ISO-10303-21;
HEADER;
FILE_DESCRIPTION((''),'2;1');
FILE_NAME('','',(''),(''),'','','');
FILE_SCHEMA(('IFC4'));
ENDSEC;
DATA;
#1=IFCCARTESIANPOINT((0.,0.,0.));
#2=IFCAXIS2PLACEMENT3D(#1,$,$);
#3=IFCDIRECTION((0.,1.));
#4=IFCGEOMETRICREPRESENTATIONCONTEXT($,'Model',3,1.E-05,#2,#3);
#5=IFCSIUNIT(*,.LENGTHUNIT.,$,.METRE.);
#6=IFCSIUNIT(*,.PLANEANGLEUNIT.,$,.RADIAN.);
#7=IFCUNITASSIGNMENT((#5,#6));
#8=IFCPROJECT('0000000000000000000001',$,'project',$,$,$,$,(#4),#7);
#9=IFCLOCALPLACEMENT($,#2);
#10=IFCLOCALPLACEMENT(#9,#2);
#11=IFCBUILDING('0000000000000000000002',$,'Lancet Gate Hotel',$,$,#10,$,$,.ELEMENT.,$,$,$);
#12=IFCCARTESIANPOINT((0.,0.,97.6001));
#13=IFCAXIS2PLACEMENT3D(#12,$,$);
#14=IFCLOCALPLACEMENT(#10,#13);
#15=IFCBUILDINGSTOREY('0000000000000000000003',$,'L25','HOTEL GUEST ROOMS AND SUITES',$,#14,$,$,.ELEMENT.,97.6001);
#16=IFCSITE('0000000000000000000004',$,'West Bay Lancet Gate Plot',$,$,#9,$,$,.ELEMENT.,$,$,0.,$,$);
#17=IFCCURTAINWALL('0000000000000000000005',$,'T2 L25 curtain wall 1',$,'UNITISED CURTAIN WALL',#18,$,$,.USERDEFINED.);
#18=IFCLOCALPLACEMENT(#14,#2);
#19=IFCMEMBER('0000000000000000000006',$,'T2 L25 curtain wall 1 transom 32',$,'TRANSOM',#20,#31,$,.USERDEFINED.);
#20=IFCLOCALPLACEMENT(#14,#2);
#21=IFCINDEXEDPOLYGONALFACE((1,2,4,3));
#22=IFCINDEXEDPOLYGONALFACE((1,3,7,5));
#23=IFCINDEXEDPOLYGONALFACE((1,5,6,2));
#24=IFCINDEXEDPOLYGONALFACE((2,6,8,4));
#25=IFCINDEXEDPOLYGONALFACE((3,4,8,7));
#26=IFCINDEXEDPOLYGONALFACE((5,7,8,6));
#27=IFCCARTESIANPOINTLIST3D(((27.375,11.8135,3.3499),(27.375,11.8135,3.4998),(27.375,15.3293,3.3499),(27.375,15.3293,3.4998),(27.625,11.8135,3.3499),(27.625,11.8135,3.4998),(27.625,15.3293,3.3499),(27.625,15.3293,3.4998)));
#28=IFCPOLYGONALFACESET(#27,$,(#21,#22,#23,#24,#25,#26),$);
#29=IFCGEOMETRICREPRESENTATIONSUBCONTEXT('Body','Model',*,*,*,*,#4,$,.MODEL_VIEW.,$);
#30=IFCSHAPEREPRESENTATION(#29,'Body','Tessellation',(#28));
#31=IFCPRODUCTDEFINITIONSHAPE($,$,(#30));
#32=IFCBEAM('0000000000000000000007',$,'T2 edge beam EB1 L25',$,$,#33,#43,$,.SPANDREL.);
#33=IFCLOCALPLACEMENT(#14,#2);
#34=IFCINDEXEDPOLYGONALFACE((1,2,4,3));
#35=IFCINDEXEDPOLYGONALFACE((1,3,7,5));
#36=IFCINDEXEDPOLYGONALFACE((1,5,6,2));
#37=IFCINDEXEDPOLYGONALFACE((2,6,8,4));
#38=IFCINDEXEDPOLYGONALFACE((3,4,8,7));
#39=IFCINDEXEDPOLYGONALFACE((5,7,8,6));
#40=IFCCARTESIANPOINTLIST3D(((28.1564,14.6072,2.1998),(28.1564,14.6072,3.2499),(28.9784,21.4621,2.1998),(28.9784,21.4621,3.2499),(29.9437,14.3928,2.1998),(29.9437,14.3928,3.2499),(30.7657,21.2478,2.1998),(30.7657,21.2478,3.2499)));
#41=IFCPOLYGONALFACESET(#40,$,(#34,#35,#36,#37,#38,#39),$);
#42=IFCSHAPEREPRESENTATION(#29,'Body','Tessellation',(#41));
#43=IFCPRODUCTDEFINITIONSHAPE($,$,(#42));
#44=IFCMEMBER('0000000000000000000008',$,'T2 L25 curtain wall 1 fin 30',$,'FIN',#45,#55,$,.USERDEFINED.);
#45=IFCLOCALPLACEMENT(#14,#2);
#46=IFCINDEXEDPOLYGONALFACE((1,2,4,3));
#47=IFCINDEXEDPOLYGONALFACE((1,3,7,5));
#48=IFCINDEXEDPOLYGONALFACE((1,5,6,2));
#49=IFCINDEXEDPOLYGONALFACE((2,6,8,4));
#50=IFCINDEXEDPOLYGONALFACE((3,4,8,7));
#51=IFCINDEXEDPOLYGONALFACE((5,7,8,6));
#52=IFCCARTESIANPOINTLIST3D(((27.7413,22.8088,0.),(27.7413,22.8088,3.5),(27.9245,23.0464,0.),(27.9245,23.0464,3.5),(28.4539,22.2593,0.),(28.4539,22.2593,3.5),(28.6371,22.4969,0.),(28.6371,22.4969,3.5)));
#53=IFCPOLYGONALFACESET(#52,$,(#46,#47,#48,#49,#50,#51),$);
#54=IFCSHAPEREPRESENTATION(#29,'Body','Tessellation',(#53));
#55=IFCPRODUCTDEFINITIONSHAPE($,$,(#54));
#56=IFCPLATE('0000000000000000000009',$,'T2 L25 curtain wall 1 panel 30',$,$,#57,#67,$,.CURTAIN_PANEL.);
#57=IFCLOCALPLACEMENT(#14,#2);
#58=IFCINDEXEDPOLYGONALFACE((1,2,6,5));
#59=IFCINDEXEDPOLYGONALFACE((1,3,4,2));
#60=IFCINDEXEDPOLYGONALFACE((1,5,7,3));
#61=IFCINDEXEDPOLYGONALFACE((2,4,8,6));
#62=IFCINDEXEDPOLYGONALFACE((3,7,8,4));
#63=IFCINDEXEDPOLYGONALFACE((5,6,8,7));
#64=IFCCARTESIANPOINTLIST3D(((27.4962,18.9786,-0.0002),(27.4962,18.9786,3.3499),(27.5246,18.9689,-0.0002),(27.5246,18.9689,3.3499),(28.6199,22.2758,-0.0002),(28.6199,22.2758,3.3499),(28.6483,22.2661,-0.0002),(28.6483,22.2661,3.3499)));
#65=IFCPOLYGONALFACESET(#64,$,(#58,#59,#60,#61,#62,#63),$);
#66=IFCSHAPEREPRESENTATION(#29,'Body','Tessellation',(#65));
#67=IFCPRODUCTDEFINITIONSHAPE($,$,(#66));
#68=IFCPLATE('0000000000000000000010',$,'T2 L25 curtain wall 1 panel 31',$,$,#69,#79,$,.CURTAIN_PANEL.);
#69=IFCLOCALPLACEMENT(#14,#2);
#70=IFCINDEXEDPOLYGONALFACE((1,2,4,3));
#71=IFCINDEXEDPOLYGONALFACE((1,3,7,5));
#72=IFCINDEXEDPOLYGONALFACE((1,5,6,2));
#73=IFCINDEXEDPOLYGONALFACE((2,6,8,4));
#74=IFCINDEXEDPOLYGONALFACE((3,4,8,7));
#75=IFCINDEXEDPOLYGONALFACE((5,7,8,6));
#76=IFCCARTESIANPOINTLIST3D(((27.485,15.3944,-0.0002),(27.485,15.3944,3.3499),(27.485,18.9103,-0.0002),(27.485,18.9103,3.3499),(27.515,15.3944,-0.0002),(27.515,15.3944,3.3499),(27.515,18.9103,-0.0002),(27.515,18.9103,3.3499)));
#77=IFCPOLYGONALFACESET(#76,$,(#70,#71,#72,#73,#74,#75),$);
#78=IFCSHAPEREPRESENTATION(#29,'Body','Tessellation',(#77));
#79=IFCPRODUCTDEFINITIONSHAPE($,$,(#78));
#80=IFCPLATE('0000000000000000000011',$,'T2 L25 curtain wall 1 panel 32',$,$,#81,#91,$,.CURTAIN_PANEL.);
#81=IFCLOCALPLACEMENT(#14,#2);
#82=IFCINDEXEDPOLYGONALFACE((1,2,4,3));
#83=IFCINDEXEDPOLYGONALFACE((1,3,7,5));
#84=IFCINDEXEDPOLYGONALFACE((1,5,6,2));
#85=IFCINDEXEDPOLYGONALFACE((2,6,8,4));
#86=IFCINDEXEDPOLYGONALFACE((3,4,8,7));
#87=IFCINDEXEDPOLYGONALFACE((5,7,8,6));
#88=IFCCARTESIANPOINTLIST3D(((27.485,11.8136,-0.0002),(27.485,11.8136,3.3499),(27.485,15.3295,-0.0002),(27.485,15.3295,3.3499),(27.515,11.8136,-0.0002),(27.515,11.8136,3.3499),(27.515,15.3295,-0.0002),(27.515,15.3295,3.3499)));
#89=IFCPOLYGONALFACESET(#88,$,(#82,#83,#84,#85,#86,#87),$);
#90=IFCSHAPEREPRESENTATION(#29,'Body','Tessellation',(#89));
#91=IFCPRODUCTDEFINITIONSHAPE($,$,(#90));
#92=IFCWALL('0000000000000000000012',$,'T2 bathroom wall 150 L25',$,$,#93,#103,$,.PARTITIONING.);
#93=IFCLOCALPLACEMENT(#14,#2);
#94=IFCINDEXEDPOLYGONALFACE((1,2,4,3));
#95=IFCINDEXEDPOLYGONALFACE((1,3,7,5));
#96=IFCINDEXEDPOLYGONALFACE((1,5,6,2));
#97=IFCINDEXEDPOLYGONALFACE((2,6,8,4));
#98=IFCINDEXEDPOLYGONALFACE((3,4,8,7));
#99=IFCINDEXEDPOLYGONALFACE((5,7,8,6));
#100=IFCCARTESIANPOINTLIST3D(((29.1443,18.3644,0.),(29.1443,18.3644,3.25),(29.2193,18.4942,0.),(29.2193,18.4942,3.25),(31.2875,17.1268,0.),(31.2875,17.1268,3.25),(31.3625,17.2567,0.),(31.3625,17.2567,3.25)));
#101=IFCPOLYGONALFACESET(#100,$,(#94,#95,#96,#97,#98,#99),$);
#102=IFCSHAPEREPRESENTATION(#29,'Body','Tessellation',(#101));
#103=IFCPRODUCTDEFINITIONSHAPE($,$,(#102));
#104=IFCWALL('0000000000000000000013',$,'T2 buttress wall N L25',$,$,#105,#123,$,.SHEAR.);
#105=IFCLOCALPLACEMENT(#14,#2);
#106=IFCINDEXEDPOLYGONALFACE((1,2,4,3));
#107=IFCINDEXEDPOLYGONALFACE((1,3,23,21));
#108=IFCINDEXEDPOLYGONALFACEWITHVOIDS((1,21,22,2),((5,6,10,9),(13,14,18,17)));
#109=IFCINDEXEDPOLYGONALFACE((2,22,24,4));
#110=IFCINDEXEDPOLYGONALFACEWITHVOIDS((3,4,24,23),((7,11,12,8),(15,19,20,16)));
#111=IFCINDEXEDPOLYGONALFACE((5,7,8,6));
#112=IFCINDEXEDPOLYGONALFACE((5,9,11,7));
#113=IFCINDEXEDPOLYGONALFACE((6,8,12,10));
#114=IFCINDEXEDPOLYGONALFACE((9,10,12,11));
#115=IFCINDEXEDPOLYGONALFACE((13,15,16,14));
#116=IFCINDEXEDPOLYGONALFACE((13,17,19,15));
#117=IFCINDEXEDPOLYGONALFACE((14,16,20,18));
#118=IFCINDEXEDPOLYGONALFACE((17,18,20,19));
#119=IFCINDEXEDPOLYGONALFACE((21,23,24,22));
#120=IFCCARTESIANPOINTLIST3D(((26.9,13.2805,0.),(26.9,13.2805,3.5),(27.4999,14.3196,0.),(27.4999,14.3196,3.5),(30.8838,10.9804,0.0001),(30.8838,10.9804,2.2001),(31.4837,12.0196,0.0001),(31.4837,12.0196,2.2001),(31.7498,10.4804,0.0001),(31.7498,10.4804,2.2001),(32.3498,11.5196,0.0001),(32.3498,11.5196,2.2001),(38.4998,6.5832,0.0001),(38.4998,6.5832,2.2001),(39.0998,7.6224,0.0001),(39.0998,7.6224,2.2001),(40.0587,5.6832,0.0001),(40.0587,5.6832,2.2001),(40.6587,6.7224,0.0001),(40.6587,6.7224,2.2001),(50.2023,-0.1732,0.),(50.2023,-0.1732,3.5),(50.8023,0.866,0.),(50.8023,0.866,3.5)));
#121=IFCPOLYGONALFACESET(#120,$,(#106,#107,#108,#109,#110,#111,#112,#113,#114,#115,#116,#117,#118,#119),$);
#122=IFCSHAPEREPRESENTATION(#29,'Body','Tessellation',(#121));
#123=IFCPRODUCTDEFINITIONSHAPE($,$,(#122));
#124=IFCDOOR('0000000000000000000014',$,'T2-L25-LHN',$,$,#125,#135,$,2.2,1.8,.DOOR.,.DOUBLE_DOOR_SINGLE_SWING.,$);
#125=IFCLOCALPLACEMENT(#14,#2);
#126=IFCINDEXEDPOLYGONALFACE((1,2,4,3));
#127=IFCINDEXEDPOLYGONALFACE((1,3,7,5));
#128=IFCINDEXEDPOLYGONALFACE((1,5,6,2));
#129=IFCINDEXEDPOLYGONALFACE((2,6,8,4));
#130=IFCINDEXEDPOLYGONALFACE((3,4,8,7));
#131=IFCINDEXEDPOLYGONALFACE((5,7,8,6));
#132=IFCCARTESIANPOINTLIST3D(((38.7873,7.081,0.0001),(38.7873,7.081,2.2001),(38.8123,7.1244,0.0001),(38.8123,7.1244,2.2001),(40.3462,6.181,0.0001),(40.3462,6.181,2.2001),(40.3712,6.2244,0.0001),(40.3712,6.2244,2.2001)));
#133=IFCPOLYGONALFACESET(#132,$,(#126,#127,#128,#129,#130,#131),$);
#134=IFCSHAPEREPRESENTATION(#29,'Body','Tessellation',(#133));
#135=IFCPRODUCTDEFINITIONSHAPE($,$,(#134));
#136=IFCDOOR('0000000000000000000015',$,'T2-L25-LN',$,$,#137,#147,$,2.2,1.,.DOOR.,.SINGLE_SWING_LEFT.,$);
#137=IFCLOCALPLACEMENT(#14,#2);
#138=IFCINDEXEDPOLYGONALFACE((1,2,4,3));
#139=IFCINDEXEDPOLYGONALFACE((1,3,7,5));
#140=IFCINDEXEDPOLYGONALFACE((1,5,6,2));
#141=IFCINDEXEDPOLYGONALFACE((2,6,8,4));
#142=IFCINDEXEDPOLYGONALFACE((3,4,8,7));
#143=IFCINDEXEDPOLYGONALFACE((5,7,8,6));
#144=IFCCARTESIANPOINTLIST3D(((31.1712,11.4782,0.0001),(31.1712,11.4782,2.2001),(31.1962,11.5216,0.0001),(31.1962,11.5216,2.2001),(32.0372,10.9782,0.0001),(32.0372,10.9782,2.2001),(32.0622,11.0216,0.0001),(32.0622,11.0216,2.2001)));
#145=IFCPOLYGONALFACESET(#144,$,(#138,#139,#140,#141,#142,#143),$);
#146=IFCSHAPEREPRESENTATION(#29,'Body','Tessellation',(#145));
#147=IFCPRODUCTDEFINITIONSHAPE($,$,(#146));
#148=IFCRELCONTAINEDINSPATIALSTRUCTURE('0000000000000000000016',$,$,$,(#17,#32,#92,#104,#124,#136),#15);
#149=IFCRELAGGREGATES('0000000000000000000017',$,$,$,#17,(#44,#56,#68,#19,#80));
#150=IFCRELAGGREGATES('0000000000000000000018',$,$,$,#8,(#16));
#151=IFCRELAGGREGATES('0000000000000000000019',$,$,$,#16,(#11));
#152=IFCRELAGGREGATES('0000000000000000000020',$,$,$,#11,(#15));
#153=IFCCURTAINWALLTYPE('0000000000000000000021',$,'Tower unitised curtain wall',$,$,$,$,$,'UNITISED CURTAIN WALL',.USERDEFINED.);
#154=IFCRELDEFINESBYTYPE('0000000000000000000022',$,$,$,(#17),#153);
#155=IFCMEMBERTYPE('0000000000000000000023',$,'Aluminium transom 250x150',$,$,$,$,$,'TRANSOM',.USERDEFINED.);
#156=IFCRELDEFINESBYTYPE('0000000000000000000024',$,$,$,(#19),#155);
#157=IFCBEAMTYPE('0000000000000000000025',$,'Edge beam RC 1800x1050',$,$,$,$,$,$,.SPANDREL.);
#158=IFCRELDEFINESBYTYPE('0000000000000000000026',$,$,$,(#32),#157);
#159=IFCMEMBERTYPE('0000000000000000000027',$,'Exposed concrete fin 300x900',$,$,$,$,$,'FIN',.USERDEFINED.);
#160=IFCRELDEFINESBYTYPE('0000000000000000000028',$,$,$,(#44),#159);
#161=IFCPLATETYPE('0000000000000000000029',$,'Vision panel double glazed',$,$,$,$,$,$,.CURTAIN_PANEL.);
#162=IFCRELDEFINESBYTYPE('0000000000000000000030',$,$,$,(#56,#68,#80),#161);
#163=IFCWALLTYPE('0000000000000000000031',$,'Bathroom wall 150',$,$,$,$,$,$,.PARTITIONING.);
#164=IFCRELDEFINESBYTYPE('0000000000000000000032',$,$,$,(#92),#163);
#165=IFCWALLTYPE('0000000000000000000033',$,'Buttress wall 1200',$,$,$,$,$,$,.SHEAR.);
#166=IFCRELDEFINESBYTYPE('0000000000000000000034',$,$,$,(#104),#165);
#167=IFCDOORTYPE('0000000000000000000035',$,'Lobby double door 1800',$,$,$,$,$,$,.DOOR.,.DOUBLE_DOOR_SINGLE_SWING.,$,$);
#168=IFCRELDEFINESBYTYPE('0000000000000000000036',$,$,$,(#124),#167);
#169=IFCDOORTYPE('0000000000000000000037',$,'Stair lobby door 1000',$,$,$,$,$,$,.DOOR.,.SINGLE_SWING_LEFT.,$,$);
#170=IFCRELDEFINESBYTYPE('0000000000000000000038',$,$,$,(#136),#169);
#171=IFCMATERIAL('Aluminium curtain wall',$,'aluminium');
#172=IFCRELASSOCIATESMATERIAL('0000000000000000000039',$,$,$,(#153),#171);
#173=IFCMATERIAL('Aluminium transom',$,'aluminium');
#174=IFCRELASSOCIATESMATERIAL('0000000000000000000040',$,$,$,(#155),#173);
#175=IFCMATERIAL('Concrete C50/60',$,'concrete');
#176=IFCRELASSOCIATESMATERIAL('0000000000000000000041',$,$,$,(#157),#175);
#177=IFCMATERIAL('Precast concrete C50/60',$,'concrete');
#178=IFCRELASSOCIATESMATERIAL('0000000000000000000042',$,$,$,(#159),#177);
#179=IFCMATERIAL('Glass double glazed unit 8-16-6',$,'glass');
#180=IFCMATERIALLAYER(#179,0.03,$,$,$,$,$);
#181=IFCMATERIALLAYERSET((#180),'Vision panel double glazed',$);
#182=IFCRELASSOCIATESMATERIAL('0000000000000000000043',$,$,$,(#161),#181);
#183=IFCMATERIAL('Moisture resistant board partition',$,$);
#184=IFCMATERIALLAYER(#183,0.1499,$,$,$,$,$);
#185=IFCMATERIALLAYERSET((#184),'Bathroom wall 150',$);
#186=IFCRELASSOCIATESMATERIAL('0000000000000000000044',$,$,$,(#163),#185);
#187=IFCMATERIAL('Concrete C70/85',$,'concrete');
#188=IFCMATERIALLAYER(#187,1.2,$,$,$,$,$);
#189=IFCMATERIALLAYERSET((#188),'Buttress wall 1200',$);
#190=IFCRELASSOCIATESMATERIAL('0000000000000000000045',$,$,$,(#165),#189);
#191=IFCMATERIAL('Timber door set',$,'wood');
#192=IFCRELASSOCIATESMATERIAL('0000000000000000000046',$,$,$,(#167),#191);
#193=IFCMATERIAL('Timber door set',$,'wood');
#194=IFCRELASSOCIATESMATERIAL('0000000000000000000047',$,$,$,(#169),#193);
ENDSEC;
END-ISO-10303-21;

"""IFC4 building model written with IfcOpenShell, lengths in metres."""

from ifc_helpers import new_model, si_unit, direction, frame, frame_2d, origin, origin_2d, place, context, subcontext, project, spatial, rectangle, extrude, material, layer, layer_set, material_profile, profile_set, type_object, element, fill, aggregate, save


model = new_model("IFC4")

# Units and contexts
model_context = context("Model", 3, precision=1e-05, world=origin(), true_north=direction((0.0, 1.0)))
body_context = subcontext(model_context, "Body", "Model", "MODEL_VIEW")
ifc_project = project(units=[si_unit("LENGTHUNIT", "METRE"), si_unit("PLANEANGLEUNIT", "RADIAN")], contexts=[model_context])

# Site, building, storey
site_placement = place(None, origin())
site = spatial("IfcSite", under=ifc_project, at=site_placement, Name="West Bay Lancet Gate Plot", CompositionType="ELEMENT", RefElevation=0.0)
building_placement = place(site_placement, origin())
building = spatial("IfcBuilding", under=site, at=building_placement, Name="Lancet Gate Hotel", CompositionType="ELEMENT")
storey_placement = place(building_placement, frame((0.0, 0.0, 97.6001)))
storey = spatial("IfcBuildingStorey", under=building, at=storey_placement, Name="L25", Description="HOTEL GUEST ROOMS AND SUITES", CompositionType="ELEMENT", Elevation=97.6001)

# Curtain wall, member
ifc_material_1 = material(Name="Aluminium curtain wall", Category="aluminium")
curtain_wall_type = type_object("IfcCurtainWallType", Name="Tower unitised curtain wall", ElementType="UNITISED CURTAIN WALL", PredefinedType="USERDEFINED", material=ifc_material_1)
curtain_wall_placement = place(storey_placement, origin())
curtain_wall = element("IfcCurtainWall", 1, at=curtain_wall_placement, inside=storey, type_object=curtain_wall_type, Name="T2 L25 curtain wall 1", ObjectType="UNITISED CURTAIN WALL", PredefinedType="USERDEFINED")
ifc_material_2 = material(Name="Aluminium transom", Category="aluminium")
ifc_material_profile_1 = material_profile(ifc_material_2, rectangle(XDim=0.25, YDim=0.1499, at=origin_2d()), Name="TRANSOM 250x150")
ifc_profile_set_1 = profile_set([ifc_material_profile_1], Name="Aluminium transom")
member_type_1 = type_object("IfcMemberType", Name="Aluminium transom 250x150", ElementType="TRANSOM", PredefinedType="USERDEFINED", material=ifc_profile_set_1)
member_1_placement = place(storey_placement, frame((27.5, 15.3293, 3.4248), z_axis=(0.0, -1.0, 0.0), x_axis=(1.0, 0.0, 0.0)))
member_1 = element("IfcMember", 2, at=member_1_placement, type_object=member_type_1, Name="T2 L25 curtain wall 1 transom 32", ObjectType="TRANSOM", PredefinedType="USERDEFINED", context=body_context, shape_type="SweptSolid", body=[
    extrude(rectangle(XDim=0.25, YDim=0.1499, at=origin_2d()), origin(), (0.0, 0.0, 1.0), 3.5159),
])

# Beam
ifc_material_3 = material(Name="Concrete C50/60", Category="concrete")
ifc_material_profile_2 = material_profile(ifc_material_3, rectangle(XDim=1.8, YDim=1.05, at=origin_2d()), Name="RC 1800x1050")
ifc_profile_set_2 = profile_set([ifc_material_profile_2], Name="Concrete C50/60")
beam_type = type_object("IfcBeamType", Name="Edge beam RC 1800x1050", PredefinedType="SPANDREL", material=ifc_profile_set_2)
beam_placement = place(storey_placement, frame((29.05, 14.5, 2.7249), z_axis=(0.119063, 0.992887, 0.0), x_axis=(-0.992887, 0.119063, 0.0)))
element("IfcBeam", 3, at=beam_placement, inside=storey, type_object=beam_type, Name="T2 edge beam EB1 L25", PredefinedType="SPANDREL", context=body_context, shape_type="SweptSolid", body=[
    extrude(rectangle(XDim=1.8, YDim=1.05, at=origin_2d()), origin(), (0.0, 0.0, 1.0), 6.9041),
])

# Member
ifc_material_4 = material(Name="Precast concrete C50/60", Category="concrete")
ifc_material_profile_3 = material_profile(ifc_material_4, rectangle(XDim=0.3, YDim=0.8999, at=origin_2d()), Name="FIN 300x900")
ifc_profile_set_3 = profile_set([ifc_material_profile_3], Name="Precast concrete C50/60")
member_type_2 = type_object("IfcMemberType", Name="Exposed concrete fin 300x900", ElementType="FIN", PredefinedType="USERDEFINED", material=ifc_profile_set_3)
member_2_placement = place(storey_placement, frame((28.1892, 22.6528, 0.0), z_axis=(0.0, 0.0, 1.0), x_axis=(-0.610664, -0.79189, 0.0)))
member_2 = element("IfcMember", 4, at=member_2_placement, type_object=member_type_2, Name="T2 L25 curtain wall 1 fin 30", ObjectType="FIN", PredefinedType="USERDEFINED", context=body_context, shape_type="SweptSolid", body=[
    extrude(rectangle(XDim=0.3, YDim=0.8999, at=origin_2d()), origin(), (0.0, 0.0, 1.0), 3.5),
])

# Plates
ifc_material_5 = material(Name="Glass double glazed unit 8-16-6", Category="glass")
ifc_layer_1 = layer(ifc_material_5, 0.03)
ifc_layer_set_1 = layer_set([ifc_layer_1], Name="Vision panel double glazed")
plate_type = type_object("IfcPlateType", Name="Vision panel double glazed", PredefinedType="CURTAIN_PANEL", material=ifc_layer_set_1)
plate_1_placement = place(storey_placement, frame((28.0723, 20.6223, -0.0002), z_axis=(0.0, 0.0, 1.0), x_axis=(-0.322576, -0.946544, 0.0)))
plate_1 = element("IfcPlate", 5, at=plate_1_placement, type_object=plate_type, Name="T2 L25 curtain wall 1 panel 30", PredefinedType="CURTAIN_PANEL", context=body_context, shape_type="SweptSolid", body=[
    extrude(rectangle(XDim=3.4834, YDim=0.03, at=origin_2d()), origin(), (0.0, 0.0, 1.0), 3.3501),
])
plate_2_placement = place(storey_placement, frame((27.5, 17.1523, -0.0002), z_axis=(0.0, 0.0, 1.0), x_axis=(0.0, -1.0, 0.0)))
plate_2 = element("IfcPlate", 6, at=plate_2_placement, type_object=plate_type, Name="T2 L25 curtain wall 1 panel 31", PredefinedType="CURTAIN_PANEL", context=body_context, shape_type="SweptSolid", body=[
    extrude(rectangle(XDim=3.5159, YDim=0.03, at=origin_2d()), origin(), (0.0, 0.0, 1.0), 3.3501),
])
plate_3_placement = place(storey_placement, frame((27.5, 13.5715, -0.0002), z_axis=(0.0, 0.0, 1.0), x_axis=(0.0, -1.0, 0.0)))
plate_3 = element("IfcPlate", 7, at=plate_3_placement, type_object=plate_type, Name="T2 L25 curtain wall 1 panel 32", PredefinedType="CURTAIN_PANEL", context=body_context, shape_type="SweptSolid", body=[
    extrude(rectangle(XDim=3.5159, YDim=0.03, at=origin_2d()), origin(), (0.0, 0.0, 1.0), 3.3501),
])
aggregate(curtain_wall, [member_2, plate_1, plate_2, member_1, plate_3])

# Wall
ifc_material_6 = material(Name="Moisture resistant board partition")
ifc_layer_2 = layer(ifc_material_6, 0.1499)
ifc_layer_set_2 = layer_set([ifc_layer_2], Name="Bathroom wall 150")
wall_type_1 = type_object("IfcWallType", Name="Bathroom wall 150", PredefinedType="PARTITIONING", material=ifc_layer_set_2)
wall_1_placement = place(storey_placement, frame((29.1819, 18.4292, 0.0), z_axis=(0.0, 0.0, 1.0), x_axis=(0.866007, -0.500033, 0.0)))
element("IfcWall", 8, at=wall_1_placement, inside=storey, type_object=wall_type_1, Name="T2 bathroom wall 150 L25", PredefinedType="PARTITIONING", context=body_context, shape_type="SweptSolid", body=[
    extrude(rectangle(XDim=2.4749, YDim=0.1499, at=frame_2d((1.2373, 0.0))), origin(), (0.0, 0.0, 1.0), 3.25),
])

# Wall, openings, doors
ifc_material_7 = material(Name="Concrete C70/85", Category="concrete")
ifc_layer_3 = layer(ifc_material_7, 1.2)
ifc_layer_set_3 = layer_set([ifc_layer_3], Name="Buttress wall 1200")
wall_type_2 = type_object("IfcWallType", Name="Buttress wall 1200", PredefinedType="SHEAR", material=ifc_layer_set_3)
wall_2_placement = place(storey_placement, frame((27.2, 13.8, 0.0), z_axis=(0.0, 0.0, 1.0), x_axis=(0.866025, -0.500002, 0.0)))
wall_2 = element("IfcWall", 9, at=wall_2_placement, inside=storey, type_object=wall_type_2, Name="T2 buttress wall N L25", PredefinedType="SHEAR", context=body_context, shape_type="SweptSolid", body=[
    extrude(rectangle(XDim=26.9072, YDim=1.2, at=frame_2d((13.4536, 0.0))), origin(), (0.0, 0.0, 1.0), 3.5),
])
opening_1_placement = place(wall_2_placement, frame((4.6001, 0.0, 0.0)))
opening_1 = element("IfcOpeningElement", 10, at=opening_1_placement, cuts=wall_2, PredefinedType="OPENING", context=body_context, shape_type="SweptSolid", body=[
    extrude(rectangle(XDim=1.0, YDim=2.2, at=frame_2d((0.5, 1.1001))), frame((0.0, 0.6099, 0.0), z_axis=(0.0, -1.0, 0.0), x_axis=(1.0, 0.0, 0.0)), (0.0, 0.0, 1.0), 1.22),
])
opening_2_placement = place(wall_2_placement, frame((13.3945, 0.0, 0.0)))
opening_2 = element("IfcOpeningElement", 11, at=opening_2_placement, cuts=wall_2, PredefinedType="OPENING", context=body_context, shape_type="SweptSolid", body=[
    extrude(rectangle(XDim=1.8, YDim=2.2, at=frame_2d((0.8999, 1.1001))), frame((0.0, 0.6099, 0.0), z_axis=(0.0, -1.0, 0.0), x_axis=(1.0, 0.0, 0.0)), (0.0, 0.0, 1.0), 1.22),
])
ifc_material_8 = material(Name="Timber door set", Category="wood")
door_type_1 = type_object("IfcDoorType", Name="Lobby double door 1800", OperationType="DOUBLE_DOOR_SINGLE_SWING", PredefinedType="DOOR", material=ifc_material_8)
door_1_placement = place(opening_2_placement, origin())
door_1 = element("IfcDoor", 12, at=door_1_placement, inside=storey, type_object=door_type_1, Name="T2-L25-LHN", OperationType="DOUBLE_DOOR_SINGLE_SWING", OverallHeight=2.2, OverallWidth=1.8, PredefinedType="DOOR", context=body_context, shape_type="SweptSolid", body=[
    extrude(rectangle(XDim=1.8, YDim=2.2, at=frame_2d((0.8999, 1.1001))), frame((0.0, 0.0249, 0.0), z_axis=(0.0, -1.0, 0.0), x_axis=(1.0, 0.0, 0.0)), (0.0, 0.0, 1.0), 0.05),
])
fill(opening_2, door_1)
ifc_material_9 = material(Name="Timber door set", Category="wood")
door_type_2 = type_object("IfcDoorType", Name="Stair lobby door 1000", OperationType="SINGLE_SWING_LEFT", PredefinedType="DOOR", material=ifc_material_9)
door_2_placement = place(opening_1_placement, origin())
door_2 = element("IfcDoor", 13, at=door_2_placement, inside=storey, type_object=door_type_2, Name="T2-L25-LN", OperationType="SINGLE_SWING_LEFT", OverallHeight=2.2, OverallWidth=1.0, PredefinedType="DOOR", context=body_context, shape_type="SweptSolid", body=[
    extrude(rectangle(XDim=1.0, YDim=2.2, at=frame_2d((0.5, 1.1001))), frame((0.0, 0.0249, 0.0), z_axis=(0.0, -1.0, 0.0), x_axis=(1.0, 0.0, 0.0)), (0.0, 0.0, 1.0), 0.05),
])
fill(opening_1, door_2)

save(model, "model.ifc")
